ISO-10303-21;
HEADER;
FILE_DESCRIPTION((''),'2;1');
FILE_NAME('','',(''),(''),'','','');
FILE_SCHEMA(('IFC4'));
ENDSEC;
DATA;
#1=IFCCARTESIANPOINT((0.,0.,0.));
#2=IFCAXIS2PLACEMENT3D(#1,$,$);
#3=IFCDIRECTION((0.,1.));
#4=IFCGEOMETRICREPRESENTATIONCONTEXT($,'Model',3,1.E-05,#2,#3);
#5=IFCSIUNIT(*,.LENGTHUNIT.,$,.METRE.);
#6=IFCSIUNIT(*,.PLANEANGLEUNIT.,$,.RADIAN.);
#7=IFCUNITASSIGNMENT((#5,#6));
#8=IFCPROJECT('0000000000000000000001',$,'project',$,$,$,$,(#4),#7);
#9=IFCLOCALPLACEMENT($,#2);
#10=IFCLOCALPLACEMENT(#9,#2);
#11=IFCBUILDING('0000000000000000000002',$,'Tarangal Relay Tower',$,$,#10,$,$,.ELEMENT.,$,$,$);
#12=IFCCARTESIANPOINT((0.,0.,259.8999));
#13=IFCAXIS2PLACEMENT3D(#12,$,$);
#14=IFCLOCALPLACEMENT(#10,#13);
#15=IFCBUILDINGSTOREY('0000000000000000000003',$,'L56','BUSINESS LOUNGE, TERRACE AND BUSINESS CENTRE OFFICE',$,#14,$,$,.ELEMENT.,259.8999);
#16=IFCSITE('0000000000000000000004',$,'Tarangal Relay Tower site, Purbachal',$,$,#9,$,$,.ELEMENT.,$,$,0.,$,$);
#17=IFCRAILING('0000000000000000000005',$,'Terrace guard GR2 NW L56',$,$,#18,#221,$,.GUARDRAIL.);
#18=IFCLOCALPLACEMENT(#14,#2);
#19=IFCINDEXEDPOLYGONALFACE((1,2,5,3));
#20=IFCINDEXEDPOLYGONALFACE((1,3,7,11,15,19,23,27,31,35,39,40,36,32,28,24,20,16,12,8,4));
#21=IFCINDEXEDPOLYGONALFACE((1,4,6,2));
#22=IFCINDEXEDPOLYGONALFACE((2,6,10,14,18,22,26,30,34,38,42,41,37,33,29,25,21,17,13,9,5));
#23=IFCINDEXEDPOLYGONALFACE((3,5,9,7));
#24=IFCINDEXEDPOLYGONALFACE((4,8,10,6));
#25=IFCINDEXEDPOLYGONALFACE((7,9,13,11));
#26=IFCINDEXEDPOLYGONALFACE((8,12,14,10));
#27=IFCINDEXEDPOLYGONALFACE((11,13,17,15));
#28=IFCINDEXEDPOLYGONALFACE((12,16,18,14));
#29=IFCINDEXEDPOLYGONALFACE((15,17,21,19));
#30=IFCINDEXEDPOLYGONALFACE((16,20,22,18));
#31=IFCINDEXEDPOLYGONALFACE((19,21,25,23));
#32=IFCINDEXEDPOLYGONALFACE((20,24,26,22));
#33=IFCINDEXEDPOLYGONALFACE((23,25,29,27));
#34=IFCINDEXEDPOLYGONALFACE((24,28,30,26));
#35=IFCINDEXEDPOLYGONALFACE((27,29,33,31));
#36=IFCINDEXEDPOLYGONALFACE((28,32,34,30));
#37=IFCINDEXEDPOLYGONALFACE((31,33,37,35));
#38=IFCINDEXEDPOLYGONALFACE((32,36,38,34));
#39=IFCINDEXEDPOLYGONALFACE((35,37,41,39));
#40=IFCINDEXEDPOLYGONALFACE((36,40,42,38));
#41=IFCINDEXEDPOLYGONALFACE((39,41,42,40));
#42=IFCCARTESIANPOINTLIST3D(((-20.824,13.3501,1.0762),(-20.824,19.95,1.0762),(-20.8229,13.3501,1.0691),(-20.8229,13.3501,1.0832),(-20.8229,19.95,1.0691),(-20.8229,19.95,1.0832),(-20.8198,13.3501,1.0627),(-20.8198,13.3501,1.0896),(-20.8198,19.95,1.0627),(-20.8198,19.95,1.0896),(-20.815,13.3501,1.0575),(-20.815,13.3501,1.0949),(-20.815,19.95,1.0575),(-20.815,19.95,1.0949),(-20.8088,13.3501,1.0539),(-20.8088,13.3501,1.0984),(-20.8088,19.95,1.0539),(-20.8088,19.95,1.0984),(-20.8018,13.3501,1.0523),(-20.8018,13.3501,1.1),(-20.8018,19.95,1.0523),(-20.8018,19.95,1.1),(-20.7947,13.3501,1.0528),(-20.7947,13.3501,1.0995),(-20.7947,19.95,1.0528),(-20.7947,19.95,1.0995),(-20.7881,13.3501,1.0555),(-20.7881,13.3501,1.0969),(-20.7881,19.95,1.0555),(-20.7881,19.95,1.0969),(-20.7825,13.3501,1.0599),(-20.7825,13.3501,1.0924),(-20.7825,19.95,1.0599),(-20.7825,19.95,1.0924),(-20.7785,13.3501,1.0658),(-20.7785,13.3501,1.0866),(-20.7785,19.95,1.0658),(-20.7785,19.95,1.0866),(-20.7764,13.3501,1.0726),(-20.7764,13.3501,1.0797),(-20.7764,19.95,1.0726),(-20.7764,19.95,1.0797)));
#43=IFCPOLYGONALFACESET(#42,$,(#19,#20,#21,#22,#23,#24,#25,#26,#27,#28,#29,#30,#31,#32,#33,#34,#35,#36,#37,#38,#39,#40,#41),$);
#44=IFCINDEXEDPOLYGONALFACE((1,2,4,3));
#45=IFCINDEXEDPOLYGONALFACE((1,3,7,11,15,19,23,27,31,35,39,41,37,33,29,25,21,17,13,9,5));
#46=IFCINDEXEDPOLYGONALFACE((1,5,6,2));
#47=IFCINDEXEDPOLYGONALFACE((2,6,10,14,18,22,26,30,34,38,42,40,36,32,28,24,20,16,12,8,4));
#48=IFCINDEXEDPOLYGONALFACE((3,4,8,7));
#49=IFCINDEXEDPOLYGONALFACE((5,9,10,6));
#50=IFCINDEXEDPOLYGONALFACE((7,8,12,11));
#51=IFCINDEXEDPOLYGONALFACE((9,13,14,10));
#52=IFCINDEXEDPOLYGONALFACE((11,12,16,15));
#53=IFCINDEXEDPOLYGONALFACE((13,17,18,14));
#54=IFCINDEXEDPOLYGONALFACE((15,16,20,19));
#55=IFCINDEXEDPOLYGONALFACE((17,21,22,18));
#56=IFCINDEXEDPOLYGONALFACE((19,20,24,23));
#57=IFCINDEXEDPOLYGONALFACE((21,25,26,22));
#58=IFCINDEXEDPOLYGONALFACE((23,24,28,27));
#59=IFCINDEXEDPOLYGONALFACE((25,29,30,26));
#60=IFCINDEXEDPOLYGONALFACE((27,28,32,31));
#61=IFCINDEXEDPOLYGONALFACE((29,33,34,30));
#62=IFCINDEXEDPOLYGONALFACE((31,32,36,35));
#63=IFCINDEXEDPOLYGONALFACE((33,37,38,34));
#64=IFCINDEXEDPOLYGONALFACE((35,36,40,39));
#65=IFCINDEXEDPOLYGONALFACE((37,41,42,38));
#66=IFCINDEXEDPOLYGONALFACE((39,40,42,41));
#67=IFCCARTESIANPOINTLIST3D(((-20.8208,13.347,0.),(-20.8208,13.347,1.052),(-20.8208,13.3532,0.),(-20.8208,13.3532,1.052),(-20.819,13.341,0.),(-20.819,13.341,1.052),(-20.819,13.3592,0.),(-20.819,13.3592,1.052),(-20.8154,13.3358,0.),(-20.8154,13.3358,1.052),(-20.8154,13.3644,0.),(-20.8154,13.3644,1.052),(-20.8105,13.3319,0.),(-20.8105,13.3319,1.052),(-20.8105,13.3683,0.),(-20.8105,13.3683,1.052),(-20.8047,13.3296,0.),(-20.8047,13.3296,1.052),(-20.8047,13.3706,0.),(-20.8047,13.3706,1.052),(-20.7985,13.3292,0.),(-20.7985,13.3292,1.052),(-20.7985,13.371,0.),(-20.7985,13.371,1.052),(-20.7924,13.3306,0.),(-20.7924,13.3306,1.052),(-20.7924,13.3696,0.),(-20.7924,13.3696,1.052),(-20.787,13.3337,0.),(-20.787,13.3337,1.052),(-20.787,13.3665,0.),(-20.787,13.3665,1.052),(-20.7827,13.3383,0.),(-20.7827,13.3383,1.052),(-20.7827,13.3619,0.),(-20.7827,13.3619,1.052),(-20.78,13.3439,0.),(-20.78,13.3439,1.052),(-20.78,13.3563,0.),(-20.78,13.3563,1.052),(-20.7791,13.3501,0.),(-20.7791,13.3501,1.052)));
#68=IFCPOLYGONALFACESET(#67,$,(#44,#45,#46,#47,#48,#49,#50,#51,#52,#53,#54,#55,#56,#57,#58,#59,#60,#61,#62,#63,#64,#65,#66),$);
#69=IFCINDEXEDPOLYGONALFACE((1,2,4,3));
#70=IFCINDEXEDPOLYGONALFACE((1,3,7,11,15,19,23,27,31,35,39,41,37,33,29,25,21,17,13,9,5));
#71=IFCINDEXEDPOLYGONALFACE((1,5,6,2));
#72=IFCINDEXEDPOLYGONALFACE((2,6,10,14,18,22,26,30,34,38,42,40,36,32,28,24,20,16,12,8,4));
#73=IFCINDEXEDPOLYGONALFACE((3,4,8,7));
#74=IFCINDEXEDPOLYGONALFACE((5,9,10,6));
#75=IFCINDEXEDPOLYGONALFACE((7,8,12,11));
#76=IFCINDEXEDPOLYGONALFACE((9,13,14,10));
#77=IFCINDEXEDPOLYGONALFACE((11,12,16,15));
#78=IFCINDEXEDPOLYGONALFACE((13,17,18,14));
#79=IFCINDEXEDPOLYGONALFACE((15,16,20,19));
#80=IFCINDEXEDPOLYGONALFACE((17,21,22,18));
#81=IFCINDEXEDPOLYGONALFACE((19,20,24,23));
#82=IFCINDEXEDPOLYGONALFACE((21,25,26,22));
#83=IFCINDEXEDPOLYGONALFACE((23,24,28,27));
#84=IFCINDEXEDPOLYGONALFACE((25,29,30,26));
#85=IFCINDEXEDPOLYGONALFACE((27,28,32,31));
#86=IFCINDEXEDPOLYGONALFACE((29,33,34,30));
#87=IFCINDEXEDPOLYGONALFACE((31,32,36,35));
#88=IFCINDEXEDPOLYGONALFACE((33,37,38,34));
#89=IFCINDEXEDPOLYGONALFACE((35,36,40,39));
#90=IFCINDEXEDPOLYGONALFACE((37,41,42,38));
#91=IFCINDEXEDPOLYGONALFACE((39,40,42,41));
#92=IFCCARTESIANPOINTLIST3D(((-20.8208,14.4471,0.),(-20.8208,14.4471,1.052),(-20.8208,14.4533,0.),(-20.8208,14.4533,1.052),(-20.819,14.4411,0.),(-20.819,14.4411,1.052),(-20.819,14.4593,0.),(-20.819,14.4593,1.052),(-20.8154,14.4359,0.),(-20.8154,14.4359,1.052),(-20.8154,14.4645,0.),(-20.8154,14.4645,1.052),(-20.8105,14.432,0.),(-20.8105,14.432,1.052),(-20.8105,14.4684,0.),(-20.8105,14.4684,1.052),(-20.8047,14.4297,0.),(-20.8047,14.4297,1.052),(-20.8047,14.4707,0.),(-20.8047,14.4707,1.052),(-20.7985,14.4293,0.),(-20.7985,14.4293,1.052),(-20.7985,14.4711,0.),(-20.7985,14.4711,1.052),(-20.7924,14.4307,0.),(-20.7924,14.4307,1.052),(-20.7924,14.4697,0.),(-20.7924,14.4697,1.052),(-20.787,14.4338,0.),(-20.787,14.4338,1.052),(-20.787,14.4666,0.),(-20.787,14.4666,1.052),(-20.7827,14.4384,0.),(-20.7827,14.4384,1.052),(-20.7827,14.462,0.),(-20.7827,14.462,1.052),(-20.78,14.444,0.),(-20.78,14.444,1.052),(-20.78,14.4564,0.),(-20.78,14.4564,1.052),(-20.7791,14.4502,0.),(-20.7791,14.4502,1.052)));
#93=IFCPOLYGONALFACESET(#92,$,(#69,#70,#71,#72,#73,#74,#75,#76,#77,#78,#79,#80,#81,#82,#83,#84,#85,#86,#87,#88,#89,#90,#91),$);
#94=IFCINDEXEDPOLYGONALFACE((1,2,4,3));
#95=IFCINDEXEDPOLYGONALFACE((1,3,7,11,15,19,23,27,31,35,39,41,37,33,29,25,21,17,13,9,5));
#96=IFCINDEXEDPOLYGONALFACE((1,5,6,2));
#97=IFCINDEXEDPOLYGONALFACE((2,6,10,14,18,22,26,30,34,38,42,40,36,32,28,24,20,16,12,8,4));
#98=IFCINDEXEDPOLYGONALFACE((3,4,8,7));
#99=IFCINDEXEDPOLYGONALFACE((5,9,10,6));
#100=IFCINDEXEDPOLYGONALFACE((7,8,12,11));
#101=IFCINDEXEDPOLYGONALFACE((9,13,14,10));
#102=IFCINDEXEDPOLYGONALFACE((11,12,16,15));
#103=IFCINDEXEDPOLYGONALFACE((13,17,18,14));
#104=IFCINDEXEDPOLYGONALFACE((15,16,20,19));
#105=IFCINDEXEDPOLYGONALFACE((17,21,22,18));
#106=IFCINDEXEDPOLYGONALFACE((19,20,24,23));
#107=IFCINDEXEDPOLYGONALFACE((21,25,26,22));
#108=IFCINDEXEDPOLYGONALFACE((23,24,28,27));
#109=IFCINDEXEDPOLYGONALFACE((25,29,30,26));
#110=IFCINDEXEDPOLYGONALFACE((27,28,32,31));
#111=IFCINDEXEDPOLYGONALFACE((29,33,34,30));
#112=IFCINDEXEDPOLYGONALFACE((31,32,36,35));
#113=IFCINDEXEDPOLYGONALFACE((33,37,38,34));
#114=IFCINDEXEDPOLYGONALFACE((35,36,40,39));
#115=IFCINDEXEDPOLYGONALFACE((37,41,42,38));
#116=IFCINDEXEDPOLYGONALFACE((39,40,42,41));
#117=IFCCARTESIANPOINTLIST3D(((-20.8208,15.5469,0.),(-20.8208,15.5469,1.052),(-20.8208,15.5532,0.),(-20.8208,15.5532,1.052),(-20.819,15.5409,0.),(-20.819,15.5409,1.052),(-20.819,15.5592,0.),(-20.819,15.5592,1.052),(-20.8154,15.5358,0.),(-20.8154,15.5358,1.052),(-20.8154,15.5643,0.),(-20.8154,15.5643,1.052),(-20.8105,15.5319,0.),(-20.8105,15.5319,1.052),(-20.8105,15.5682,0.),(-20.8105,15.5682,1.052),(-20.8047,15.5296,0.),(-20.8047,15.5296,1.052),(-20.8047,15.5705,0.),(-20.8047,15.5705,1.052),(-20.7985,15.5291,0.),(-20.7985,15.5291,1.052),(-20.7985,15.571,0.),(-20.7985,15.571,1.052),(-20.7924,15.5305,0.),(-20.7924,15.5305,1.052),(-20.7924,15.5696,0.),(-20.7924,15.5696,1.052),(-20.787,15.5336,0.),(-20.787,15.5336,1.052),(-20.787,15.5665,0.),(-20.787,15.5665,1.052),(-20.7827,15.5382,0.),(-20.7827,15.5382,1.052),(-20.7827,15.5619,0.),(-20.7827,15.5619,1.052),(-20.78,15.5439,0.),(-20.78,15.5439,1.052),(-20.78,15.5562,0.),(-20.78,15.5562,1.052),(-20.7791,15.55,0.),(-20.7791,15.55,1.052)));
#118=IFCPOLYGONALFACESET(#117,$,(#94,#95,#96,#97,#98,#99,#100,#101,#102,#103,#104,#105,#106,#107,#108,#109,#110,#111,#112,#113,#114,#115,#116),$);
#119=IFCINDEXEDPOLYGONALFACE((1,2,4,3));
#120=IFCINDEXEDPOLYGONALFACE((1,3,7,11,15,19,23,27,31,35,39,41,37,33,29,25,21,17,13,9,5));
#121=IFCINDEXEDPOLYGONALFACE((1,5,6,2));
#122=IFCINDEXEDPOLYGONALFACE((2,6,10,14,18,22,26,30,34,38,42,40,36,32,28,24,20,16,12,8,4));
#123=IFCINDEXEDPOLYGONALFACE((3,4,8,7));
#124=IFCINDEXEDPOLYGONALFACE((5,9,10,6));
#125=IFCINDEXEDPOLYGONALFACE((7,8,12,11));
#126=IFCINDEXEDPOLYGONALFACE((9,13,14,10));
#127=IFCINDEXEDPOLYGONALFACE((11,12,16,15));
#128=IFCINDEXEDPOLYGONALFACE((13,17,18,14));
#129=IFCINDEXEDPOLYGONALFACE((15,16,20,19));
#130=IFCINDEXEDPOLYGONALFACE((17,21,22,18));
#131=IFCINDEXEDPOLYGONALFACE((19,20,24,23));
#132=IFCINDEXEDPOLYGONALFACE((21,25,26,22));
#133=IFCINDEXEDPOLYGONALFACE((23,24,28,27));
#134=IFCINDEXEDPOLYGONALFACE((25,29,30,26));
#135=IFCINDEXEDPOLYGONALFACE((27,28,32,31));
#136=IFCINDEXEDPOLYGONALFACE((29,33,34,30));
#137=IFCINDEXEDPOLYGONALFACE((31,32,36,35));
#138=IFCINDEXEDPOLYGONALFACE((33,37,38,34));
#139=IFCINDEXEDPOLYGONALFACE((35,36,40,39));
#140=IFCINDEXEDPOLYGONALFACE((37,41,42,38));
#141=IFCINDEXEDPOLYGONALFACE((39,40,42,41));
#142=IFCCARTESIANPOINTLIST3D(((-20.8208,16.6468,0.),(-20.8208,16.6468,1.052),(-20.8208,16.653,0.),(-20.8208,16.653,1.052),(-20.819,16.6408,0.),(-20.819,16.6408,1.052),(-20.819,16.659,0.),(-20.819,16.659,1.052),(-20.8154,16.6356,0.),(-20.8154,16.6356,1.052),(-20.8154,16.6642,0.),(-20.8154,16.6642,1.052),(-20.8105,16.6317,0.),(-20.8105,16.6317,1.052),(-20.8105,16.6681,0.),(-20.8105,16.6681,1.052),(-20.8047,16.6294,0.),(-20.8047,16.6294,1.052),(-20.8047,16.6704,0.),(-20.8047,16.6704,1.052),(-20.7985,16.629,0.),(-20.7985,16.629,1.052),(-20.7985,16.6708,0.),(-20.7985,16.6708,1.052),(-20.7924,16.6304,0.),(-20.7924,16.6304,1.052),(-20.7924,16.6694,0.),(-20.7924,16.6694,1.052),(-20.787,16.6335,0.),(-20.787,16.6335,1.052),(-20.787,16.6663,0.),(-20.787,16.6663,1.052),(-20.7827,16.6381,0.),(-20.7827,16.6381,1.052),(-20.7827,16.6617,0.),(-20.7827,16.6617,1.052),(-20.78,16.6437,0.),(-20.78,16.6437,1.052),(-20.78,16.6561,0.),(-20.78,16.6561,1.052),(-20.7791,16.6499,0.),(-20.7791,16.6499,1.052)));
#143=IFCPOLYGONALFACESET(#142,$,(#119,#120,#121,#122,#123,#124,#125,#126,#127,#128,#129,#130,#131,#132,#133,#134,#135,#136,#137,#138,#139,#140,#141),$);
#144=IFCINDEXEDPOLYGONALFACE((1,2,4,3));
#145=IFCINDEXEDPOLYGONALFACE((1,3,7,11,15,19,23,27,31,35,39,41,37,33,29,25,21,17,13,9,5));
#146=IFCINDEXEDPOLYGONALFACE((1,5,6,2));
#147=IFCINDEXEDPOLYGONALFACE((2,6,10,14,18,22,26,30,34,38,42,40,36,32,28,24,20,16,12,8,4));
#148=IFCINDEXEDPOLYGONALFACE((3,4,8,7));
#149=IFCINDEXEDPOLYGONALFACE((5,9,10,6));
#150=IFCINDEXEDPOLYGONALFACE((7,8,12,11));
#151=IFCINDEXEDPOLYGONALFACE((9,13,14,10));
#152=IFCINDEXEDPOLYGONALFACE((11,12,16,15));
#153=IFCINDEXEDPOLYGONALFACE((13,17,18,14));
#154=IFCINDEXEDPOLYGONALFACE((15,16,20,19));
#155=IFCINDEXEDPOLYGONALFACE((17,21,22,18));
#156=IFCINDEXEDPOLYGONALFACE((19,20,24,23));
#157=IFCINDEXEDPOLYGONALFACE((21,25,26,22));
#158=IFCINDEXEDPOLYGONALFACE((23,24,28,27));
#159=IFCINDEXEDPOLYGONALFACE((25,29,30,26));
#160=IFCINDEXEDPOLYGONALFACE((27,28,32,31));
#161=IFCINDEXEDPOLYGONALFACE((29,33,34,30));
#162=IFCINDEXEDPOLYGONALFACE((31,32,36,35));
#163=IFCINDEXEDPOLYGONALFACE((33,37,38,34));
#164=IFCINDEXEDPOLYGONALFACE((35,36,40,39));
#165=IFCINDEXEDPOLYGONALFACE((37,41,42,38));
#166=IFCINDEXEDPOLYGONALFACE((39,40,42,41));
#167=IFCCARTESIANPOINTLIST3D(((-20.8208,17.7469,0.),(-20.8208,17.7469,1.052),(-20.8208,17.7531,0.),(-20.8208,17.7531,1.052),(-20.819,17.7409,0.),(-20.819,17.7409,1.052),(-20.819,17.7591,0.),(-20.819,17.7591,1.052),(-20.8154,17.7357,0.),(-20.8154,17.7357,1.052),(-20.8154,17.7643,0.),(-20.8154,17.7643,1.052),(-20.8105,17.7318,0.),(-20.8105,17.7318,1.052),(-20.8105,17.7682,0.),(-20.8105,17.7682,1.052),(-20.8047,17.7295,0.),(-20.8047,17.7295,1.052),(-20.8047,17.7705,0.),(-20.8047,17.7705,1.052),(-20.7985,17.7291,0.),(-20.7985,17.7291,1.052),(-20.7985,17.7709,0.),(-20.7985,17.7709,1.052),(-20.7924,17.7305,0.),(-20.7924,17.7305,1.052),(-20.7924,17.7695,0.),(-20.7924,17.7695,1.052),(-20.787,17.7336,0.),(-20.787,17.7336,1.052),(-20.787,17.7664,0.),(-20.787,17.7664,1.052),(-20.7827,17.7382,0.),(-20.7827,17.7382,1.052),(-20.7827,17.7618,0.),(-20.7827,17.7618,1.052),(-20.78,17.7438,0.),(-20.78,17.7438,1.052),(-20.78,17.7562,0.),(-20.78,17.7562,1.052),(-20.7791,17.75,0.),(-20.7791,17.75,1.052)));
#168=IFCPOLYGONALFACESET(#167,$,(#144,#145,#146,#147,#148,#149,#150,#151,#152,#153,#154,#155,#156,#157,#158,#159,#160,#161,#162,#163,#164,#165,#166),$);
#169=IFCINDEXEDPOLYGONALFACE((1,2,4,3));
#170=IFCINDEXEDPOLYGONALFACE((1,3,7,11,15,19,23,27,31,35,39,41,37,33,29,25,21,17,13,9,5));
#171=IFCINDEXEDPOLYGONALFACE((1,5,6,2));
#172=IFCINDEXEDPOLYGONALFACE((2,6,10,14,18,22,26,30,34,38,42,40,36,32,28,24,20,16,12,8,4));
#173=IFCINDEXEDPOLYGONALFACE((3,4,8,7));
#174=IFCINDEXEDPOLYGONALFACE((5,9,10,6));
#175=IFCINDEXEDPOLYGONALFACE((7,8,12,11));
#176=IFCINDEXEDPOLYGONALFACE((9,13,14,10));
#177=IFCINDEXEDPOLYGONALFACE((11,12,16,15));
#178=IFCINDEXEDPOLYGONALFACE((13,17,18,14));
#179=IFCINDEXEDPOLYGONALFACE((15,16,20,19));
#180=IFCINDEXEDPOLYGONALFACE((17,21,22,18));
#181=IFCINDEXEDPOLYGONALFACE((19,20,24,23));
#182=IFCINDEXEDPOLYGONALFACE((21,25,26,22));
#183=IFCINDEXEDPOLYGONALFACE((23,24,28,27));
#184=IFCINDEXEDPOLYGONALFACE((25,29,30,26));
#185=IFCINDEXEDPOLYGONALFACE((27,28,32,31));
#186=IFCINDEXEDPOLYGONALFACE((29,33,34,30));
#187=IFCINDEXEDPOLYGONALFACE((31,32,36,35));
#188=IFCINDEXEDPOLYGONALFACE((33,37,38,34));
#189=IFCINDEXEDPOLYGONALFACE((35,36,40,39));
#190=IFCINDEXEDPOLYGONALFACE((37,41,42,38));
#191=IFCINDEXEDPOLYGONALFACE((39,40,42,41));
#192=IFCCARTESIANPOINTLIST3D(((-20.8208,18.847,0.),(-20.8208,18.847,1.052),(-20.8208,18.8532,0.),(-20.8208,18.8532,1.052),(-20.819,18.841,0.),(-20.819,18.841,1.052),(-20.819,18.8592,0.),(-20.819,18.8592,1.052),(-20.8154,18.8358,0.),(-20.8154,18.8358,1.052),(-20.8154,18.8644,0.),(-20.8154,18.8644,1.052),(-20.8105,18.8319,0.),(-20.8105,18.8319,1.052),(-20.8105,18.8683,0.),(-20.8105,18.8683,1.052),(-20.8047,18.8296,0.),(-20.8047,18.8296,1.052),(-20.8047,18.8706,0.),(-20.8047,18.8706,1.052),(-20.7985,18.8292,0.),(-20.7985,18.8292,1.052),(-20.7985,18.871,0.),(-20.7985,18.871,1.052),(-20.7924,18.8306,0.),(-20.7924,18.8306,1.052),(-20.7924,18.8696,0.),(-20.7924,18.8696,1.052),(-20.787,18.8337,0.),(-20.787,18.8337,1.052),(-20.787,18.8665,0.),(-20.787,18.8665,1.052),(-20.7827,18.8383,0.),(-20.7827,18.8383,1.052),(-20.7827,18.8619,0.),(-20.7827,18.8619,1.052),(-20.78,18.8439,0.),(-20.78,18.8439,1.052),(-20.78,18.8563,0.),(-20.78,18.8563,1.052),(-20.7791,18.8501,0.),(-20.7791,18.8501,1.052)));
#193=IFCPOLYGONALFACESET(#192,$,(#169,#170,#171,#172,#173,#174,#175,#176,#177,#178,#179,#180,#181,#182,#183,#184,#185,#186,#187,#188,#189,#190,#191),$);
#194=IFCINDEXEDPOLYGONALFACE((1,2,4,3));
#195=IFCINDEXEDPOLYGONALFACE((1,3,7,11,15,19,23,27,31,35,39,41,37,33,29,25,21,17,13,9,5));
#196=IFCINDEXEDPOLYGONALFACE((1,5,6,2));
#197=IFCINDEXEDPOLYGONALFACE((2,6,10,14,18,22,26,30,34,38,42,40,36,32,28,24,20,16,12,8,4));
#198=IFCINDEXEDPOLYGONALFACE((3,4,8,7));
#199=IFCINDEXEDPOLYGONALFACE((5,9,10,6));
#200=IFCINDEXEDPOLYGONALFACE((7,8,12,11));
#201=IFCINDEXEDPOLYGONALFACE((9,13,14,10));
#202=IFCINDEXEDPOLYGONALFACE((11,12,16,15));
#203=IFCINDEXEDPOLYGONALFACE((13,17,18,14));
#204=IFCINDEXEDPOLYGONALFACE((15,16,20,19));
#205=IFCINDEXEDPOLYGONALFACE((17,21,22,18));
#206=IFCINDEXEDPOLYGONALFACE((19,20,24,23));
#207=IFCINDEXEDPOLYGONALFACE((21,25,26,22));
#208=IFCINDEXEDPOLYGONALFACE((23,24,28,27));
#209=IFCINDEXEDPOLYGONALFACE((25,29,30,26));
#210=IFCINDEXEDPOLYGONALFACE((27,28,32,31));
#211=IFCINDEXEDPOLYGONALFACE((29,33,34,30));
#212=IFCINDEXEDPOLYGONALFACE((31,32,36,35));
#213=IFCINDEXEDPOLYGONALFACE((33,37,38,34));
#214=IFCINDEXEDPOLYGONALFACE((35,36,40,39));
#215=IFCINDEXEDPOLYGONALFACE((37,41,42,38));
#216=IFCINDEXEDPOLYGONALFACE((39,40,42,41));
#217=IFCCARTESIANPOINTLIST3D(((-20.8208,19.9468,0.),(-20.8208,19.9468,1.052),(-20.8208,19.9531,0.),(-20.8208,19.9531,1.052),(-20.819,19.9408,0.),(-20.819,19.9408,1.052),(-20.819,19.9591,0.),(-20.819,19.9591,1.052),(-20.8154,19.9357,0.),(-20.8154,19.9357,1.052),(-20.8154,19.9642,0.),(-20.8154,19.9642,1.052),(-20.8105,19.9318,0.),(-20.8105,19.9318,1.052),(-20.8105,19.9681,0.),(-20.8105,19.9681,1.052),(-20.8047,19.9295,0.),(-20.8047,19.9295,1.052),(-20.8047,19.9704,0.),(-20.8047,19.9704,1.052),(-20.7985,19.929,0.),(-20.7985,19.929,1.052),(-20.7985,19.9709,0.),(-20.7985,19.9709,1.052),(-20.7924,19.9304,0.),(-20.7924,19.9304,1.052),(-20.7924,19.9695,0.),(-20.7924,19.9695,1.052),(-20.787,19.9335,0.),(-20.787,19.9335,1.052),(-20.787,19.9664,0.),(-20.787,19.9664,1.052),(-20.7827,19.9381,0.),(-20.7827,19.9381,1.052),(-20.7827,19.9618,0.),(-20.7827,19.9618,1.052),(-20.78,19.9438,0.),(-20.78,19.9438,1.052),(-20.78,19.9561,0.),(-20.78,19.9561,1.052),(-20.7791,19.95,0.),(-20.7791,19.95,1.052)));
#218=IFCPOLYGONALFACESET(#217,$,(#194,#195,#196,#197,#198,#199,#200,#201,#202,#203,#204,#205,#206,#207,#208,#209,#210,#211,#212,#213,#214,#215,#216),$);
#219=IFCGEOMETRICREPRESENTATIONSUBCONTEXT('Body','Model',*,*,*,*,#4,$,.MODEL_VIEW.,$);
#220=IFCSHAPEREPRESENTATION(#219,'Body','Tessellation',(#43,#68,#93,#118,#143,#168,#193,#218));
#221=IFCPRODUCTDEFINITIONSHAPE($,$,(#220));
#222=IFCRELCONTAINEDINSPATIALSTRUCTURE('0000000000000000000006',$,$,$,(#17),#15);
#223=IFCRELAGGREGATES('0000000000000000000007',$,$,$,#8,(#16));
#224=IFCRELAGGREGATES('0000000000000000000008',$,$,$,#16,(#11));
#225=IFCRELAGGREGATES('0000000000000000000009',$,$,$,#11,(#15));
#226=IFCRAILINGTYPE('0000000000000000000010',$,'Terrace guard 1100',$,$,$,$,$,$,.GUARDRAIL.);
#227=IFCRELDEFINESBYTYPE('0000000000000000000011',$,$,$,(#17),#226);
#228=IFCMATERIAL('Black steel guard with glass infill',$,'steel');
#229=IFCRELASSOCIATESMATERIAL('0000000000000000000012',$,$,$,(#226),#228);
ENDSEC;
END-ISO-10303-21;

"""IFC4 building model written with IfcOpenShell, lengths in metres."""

from ifc_helpers import new_model, si_unit, direction, frame, origin, origin_2d, place, context, subcontext, project, spatial, circle, extrude, material, type_object, element, save


model = new_model("IFC4")

# Units and contexts
model_context = context("Model", 3, precision=1e-05, world=origin(), true_north=direction((0.0, 1.0)))
body_context = subcontext(model_context, "Body", "Model", "MODEL_VIEW")
ifc_project = project(units=[si_unit("LENGTHUNIT", "METRE"), si_unit("PLANEANGLEUNIT", "RADIAN")], contexts=[model_context])

# Site, building, storey
site_placement = place(None, origin())
site = spatial("IfcSite", under=ifc_project, at=site_placement, Name="Tarangal Relay Tower site, Purbachal", CompositionType="ELEMENT", RefElevation=0.0)
building_placement = place(site_placement, origin())
building = spatial("IfcBuilding", under=site, at=building_placement, Name="Tarangal Relay Tower", CompositionType="ELEMENT")
storey_placement = place(building_placement, frame((0.0, 0.0, 259.8999)))
storey = spatial("IfcBuildingStorey", under=building, at=storey_placement, Name="L56", Description="BUSINESS LOUNGE, TERRACE AND BUSINESS CENTRE OFFICE", CompositionType="ELEMENT", Elevation=259.8999)

# Railing
ifc_material_1 = material(Name="Black steel guard with glass infill", Category="steel")
railing_type = type_object("IfcRailingType", Name="Terrace guard 1100", PredefinedType="GUARDRAIL", material=ifc_material_1)
railing_1_placement = place(storey_placement, frame((-20.8, 13.3501, 0.0)))
element("IfcRailing", 1, at=railing_1_placement, inside=storey, type_object=railing_type, Name="Terrace guard GR2 NW L56", PredefinedType="GUARDRAIL", context=body_context, shape_type="SweptSolid", body=[
    extrude(circle(Radius=0.0239, at=origin_2d()), frame((0.0, 0.0, 1.0762), z_axis=(0.0, 1.0, 0.0), x_axis=(-1.0, 0.0, 0.0)), (0.0, 0.0, 1.0), 6.5999),
    extrude(circle(Radius=0.021, at=origin_2d()), origin(), (0.0, 0.0, 1.0), 1.052),
    extrude(circle(Radius=0.021, at=origin_2d()), frame((0.0, 1.1001, 0.0)), (0.0, 0.0, 1.0), 1.052),
    extrude(circle(Radius=0.021, at=origin_2d()), frame((0.0, 2.2, 0.0)), (0.0, 0.0, 1.0), 1.052),
    extrude(circle(Radius=0.021, at=origin_2d()), frame((0.0, 3.2998, 0.0)), (0.0, 0.0, 1.0), 1.052),
    extrude(circle(Radius=0.021, at=origin_2d()), frame((0.0, 4.3999, 0.0)), (0.0, 0.0, 1.0), 1.052),
    extrude(circle(Radius=0.021, at=origin_2d()), frame((0.0, 5.5, 0.0)), (0.0, 0.0, 1.0), 1.052),
    extrude(circle(Radius=0.021, at=origin_2d()), frame((0.0, 6.5999, 0.0)), (0.0, 0.0, 1.0), 1.052),
])

save(model, "model.ifc")
